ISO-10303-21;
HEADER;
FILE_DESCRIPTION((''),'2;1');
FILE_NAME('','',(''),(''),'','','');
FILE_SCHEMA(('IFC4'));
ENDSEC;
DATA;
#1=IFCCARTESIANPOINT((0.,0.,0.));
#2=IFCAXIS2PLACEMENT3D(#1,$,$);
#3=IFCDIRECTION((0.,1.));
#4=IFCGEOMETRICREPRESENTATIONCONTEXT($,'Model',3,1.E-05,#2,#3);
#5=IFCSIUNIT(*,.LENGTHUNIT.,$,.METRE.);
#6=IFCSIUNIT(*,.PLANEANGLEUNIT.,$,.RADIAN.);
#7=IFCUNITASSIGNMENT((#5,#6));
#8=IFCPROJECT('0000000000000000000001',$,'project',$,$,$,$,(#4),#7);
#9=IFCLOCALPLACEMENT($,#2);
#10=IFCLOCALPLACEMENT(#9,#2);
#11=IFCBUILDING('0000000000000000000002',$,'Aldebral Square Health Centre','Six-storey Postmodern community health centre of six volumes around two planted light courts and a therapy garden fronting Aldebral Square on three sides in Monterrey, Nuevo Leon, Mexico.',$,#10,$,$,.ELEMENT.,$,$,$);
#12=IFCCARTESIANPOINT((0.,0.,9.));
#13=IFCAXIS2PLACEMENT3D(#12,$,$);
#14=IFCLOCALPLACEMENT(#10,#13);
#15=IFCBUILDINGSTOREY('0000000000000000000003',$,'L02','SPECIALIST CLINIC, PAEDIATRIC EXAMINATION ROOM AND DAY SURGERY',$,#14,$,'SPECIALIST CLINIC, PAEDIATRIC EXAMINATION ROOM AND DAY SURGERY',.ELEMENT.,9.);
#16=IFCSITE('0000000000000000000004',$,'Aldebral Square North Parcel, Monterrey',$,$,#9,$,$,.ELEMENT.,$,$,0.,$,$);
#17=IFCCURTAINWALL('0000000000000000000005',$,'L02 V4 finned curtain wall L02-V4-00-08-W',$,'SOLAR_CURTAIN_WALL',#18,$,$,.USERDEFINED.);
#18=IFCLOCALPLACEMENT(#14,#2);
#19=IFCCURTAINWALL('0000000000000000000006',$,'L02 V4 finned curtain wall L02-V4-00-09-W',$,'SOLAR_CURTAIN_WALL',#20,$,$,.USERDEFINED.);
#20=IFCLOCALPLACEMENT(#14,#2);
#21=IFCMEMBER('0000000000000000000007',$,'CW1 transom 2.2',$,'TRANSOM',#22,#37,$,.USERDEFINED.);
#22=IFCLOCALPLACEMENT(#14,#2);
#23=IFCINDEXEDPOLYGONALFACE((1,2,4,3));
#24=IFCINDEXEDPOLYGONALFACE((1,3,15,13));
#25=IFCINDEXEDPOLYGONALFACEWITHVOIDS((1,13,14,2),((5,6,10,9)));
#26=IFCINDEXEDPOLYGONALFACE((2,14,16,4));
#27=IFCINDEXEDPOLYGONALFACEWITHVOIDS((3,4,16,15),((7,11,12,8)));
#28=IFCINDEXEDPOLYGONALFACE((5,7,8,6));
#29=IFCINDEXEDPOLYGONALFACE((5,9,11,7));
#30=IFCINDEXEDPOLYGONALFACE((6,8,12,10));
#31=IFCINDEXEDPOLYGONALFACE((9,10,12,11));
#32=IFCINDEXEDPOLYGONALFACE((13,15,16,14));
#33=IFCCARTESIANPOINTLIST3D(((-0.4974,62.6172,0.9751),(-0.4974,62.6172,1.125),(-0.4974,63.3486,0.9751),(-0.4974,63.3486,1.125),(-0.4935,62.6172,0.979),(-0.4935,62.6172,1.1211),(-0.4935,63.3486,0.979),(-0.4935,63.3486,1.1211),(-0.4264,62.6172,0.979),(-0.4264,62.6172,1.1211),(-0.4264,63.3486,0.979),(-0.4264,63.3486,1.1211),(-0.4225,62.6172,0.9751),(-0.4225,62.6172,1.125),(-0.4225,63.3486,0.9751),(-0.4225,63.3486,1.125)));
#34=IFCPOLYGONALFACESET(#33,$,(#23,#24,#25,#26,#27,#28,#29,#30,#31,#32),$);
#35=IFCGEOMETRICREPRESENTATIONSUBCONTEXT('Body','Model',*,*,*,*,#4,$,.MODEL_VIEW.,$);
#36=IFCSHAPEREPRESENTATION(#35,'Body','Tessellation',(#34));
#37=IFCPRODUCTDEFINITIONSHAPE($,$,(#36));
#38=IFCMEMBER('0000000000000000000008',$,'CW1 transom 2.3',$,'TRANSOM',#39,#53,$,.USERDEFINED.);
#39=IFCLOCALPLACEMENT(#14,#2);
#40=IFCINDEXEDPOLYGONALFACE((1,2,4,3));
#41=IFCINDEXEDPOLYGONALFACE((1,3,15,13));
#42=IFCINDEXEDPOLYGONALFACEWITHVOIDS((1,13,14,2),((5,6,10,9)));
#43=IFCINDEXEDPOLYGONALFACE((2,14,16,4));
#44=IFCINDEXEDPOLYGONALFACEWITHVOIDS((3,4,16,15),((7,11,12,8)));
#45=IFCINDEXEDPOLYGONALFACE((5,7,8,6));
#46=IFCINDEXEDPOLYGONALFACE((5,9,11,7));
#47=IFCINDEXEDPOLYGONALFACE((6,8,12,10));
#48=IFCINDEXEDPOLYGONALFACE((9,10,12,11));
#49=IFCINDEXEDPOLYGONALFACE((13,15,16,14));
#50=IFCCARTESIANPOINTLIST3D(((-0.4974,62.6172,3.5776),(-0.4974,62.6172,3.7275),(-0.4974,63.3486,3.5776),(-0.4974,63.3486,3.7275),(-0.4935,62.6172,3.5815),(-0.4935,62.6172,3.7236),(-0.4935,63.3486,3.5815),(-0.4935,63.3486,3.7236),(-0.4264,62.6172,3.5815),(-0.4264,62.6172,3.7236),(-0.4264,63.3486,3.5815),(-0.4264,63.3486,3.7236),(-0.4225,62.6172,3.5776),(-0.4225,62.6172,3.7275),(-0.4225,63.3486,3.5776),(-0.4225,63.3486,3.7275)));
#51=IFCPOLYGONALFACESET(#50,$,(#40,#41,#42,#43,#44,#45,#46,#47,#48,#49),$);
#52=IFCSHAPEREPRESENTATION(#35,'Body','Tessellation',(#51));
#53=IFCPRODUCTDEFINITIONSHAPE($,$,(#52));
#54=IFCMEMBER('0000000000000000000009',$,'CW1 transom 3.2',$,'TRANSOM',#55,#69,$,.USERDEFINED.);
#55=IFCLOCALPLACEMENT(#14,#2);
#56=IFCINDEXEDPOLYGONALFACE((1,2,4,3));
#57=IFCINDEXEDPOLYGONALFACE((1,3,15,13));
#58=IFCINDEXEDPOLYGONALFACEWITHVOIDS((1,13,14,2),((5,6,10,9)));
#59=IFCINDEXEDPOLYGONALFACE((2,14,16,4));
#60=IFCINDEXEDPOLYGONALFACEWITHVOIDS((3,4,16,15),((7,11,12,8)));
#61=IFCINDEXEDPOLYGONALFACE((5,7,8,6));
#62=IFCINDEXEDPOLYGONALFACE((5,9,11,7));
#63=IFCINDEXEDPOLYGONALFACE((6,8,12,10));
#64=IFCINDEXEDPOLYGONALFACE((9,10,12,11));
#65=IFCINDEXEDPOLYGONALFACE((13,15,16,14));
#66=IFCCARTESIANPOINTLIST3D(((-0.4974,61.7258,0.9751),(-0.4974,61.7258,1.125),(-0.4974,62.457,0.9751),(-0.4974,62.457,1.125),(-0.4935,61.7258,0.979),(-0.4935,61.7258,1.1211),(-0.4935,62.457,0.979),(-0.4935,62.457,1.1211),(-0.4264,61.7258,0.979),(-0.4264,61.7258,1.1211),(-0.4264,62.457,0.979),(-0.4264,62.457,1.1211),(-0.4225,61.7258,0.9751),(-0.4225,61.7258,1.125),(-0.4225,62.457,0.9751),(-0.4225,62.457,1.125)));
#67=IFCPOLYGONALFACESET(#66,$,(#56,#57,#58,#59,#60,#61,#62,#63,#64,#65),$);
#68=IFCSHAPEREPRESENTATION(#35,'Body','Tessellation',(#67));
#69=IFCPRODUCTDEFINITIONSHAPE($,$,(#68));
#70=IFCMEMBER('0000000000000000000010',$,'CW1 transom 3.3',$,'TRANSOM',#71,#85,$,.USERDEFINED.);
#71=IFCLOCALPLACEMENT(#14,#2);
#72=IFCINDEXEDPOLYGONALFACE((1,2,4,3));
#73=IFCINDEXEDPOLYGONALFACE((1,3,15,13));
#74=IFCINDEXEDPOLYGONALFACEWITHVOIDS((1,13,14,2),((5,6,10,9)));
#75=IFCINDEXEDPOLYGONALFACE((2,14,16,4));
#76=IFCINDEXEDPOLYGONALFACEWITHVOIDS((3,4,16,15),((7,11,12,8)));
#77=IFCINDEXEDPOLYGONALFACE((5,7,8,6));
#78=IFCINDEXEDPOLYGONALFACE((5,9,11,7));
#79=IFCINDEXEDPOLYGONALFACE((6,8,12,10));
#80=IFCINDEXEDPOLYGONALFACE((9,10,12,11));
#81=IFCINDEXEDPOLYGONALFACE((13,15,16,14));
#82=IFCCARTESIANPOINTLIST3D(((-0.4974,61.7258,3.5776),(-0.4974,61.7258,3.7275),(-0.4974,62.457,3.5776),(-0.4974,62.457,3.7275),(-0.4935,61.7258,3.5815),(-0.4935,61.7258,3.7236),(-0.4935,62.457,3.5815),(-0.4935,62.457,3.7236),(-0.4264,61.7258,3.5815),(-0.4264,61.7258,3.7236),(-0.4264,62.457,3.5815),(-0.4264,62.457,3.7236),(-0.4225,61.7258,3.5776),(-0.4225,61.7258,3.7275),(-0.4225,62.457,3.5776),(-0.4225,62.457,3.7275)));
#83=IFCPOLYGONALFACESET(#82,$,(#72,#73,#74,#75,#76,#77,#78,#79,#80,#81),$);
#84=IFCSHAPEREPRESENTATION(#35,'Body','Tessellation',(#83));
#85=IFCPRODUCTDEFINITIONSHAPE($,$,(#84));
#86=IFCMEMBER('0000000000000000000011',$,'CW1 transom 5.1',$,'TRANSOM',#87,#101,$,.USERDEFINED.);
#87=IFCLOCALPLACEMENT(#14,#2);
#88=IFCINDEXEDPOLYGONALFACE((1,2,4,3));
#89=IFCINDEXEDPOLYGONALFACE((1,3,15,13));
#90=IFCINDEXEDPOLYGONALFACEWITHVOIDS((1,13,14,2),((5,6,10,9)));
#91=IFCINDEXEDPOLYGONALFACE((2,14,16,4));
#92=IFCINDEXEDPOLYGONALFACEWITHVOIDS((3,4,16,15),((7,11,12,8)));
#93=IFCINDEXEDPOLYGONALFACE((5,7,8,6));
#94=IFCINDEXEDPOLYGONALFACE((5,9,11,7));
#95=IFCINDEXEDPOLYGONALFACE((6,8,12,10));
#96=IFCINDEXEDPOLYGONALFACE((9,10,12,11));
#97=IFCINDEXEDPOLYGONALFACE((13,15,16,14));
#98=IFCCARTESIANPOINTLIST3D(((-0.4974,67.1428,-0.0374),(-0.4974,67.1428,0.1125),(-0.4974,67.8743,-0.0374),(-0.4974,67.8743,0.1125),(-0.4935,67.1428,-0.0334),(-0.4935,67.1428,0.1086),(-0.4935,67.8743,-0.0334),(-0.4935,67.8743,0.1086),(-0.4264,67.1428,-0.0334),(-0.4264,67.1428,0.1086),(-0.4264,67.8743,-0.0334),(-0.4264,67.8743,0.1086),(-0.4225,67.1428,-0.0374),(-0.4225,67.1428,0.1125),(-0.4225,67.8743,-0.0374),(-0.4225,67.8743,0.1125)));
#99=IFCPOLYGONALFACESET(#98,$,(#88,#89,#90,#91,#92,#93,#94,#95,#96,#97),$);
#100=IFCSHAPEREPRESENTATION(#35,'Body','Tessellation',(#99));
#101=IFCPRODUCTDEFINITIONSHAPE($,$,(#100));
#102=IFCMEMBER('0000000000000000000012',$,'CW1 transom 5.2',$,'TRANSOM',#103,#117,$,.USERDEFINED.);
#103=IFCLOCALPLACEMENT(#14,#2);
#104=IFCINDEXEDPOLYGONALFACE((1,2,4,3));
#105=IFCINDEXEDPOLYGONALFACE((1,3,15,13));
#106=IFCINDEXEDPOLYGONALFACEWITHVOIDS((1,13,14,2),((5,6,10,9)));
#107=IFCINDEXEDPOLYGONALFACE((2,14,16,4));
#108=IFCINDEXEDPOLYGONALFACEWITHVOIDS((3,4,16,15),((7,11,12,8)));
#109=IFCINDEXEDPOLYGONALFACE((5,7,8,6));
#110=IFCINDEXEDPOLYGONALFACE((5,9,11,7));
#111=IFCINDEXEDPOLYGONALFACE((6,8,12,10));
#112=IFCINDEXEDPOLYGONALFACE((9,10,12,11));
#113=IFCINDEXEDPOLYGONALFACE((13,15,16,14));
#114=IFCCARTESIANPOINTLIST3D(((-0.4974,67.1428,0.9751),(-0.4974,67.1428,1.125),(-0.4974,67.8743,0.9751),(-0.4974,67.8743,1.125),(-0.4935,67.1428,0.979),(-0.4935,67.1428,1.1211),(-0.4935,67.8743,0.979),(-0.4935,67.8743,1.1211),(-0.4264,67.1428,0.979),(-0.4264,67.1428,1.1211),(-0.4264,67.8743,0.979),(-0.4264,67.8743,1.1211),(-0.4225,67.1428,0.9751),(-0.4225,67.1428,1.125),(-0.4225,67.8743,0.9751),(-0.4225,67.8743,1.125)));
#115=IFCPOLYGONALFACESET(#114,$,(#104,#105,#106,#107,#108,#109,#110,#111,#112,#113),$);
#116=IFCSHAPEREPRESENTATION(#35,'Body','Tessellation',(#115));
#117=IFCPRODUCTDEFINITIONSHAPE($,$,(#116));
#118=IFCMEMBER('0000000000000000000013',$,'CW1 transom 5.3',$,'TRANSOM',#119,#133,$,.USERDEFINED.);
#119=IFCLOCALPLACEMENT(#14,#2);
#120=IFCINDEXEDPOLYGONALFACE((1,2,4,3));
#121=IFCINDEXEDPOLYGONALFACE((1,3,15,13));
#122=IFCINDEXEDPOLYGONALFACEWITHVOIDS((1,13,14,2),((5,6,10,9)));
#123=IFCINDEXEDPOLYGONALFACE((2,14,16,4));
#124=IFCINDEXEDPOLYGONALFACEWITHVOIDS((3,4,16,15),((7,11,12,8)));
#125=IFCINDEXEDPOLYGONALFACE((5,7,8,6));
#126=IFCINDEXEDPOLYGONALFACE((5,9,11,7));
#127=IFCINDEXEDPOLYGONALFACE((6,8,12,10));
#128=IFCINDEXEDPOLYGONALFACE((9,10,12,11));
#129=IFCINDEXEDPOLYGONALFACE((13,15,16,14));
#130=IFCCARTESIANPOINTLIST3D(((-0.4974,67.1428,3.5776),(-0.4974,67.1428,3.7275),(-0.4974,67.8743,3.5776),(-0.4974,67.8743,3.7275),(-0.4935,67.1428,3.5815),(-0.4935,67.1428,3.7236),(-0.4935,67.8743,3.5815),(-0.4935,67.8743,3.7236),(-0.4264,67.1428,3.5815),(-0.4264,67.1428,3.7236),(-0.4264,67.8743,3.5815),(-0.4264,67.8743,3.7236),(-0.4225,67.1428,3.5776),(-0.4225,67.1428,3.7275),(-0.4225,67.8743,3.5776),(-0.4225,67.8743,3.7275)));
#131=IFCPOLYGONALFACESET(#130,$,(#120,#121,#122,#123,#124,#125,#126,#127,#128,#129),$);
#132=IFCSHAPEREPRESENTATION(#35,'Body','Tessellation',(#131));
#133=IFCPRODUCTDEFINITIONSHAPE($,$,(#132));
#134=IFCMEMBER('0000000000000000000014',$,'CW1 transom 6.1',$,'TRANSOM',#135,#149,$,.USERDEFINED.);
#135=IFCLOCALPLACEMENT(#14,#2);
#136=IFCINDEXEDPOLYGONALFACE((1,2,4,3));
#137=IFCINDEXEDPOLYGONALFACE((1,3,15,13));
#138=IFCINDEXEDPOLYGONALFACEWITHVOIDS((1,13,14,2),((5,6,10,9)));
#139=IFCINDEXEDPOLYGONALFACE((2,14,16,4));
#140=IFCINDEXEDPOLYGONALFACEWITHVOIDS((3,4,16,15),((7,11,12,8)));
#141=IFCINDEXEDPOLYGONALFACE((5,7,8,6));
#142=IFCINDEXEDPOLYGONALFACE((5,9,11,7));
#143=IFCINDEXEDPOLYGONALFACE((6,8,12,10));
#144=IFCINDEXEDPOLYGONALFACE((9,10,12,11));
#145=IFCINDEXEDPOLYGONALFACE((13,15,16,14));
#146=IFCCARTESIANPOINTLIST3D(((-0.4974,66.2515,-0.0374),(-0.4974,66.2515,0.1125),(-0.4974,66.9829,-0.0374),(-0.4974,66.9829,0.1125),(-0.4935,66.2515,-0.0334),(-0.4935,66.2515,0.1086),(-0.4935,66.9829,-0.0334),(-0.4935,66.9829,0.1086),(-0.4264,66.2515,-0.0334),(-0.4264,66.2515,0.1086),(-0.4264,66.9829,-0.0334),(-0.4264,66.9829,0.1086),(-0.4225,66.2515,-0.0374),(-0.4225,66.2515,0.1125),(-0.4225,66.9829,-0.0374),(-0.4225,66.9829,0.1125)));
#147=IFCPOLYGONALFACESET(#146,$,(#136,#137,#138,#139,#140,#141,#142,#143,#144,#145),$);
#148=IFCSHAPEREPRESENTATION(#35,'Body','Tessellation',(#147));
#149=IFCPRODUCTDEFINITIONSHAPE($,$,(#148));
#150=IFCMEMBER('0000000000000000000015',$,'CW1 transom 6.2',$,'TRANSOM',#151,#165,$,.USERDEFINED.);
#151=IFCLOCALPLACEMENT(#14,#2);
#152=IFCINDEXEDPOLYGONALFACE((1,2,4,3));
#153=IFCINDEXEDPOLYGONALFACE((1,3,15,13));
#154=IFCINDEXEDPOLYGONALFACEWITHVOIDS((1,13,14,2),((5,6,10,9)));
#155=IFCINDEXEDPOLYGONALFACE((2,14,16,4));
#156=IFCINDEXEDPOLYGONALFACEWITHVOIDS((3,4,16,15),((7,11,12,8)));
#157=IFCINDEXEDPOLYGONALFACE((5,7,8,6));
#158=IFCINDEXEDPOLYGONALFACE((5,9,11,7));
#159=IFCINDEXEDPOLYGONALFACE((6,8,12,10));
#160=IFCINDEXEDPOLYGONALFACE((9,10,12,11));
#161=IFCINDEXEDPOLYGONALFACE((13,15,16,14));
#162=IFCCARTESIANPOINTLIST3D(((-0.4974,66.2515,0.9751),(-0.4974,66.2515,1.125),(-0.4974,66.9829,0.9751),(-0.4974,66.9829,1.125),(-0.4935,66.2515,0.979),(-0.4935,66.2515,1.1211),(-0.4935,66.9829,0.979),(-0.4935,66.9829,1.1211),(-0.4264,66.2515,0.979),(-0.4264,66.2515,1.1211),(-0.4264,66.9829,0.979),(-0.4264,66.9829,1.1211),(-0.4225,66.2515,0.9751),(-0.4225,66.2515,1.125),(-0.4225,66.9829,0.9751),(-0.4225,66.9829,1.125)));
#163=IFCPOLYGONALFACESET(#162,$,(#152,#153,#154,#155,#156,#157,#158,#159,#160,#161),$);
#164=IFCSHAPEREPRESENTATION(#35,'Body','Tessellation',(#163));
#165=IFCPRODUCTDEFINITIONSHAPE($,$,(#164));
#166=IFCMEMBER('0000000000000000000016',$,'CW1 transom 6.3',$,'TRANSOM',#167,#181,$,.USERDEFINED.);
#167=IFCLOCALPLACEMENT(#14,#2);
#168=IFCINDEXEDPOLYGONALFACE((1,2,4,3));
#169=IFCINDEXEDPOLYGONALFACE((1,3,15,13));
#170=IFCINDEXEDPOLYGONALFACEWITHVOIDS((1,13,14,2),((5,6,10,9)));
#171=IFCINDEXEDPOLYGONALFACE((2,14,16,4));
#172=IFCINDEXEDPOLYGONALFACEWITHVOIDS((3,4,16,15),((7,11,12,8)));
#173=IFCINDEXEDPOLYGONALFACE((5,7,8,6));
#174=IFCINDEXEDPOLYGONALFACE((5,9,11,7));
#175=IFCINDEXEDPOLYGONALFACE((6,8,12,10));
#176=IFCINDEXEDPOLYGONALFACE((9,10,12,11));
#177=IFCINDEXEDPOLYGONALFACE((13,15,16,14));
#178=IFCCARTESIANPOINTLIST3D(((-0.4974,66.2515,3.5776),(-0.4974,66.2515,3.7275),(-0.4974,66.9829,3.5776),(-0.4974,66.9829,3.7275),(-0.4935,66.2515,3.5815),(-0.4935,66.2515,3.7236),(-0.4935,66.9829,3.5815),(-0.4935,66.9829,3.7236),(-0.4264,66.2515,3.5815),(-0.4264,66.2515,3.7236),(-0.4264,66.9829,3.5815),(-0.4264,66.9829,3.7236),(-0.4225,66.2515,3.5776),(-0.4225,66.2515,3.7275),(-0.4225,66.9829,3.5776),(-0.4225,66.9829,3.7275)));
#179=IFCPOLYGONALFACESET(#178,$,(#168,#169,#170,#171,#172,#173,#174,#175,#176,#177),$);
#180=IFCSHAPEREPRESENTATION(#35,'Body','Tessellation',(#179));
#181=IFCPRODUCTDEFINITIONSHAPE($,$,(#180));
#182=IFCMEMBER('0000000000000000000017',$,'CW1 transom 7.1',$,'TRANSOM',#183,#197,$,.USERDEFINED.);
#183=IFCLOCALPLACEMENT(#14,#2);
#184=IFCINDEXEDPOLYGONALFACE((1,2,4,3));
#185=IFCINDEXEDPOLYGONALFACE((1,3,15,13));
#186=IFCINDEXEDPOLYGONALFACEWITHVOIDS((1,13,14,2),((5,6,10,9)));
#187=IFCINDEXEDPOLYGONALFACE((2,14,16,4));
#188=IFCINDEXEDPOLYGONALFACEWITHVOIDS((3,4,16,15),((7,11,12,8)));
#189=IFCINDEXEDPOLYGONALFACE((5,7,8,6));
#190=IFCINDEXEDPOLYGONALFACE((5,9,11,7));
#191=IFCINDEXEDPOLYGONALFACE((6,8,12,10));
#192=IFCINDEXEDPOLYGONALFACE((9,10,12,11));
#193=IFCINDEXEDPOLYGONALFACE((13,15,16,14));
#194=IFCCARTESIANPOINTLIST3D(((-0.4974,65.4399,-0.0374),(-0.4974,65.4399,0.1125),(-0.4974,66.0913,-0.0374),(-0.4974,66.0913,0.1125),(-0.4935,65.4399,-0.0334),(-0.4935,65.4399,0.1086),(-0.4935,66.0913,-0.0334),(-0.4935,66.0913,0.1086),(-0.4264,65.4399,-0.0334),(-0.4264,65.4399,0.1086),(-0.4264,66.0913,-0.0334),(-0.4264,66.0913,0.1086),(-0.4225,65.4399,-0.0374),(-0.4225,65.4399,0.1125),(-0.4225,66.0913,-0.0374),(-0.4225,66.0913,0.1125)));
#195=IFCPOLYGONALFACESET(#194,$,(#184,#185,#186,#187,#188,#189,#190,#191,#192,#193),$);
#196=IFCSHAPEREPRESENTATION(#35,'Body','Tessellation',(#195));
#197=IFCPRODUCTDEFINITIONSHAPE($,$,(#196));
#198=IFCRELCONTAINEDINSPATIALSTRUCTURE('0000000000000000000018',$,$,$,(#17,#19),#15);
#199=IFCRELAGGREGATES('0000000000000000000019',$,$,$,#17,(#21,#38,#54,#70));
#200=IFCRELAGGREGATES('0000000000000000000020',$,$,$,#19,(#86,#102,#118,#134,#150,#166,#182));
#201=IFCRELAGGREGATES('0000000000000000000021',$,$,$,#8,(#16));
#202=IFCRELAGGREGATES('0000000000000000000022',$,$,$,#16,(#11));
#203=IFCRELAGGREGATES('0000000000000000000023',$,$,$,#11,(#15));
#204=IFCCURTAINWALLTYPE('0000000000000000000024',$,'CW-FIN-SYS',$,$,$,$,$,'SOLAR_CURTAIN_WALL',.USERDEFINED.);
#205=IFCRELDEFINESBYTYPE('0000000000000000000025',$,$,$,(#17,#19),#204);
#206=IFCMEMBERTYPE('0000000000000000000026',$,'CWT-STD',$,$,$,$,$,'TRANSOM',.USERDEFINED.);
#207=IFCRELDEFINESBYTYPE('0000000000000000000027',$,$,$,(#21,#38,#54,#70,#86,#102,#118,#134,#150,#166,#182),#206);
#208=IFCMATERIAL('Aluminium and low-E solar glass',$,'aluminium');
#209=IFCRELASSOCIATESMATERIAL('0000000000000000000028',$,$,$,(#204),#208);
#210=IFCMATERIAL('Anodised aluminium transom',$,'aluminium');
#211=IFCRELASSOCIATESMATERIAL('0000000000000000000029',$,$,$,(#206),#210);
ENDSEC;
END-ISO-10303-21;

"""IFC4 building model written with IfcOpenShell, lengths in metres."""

from ifc_helpers import new_model, si_unit, direction, frame, origin, origin_2d, place, context, subcontext, project, spatial, hollow_rectangle, extrude, material, material_profile, profile_set, type_object, element, aggregate, save


model = new_model("IFC4")

# Units and contexts
model_context = context("Model", 3, precision=1e-05, world=origin(), true_north=direction((0.0, 1.0)))
body_context = subcontext(model_context, "Body", "Model", "MODEL_VIEW")
ifc_project = project(units=[si_unit("LENGTHUNIT", "METRE"), si_unit("PLANEANGLEUNIT", "RADIAN")], contexts=[model_context])

# Site, building, storey
site_placement = place(None, origin())
site = spatial("IfcSite", under=ifc_project, at=site_placement, Name="Aldebral Square North Parcel, Monterrey", CompositionType="ELEMENT", RefElevation=0.0)
building_placement = place(site_placement, origin())
building = spatial("IfcBuilding", under=site, at=building_placement, Name="Aldebral Square Health Centre", Description="Six-storey Postmodern community health centre of six volumes around two planted light courts and a therapy garden fronting Aldebral Square on three sides in Monterrey, Nuevo Leon, Mexico.", CompositionType="ELEMENT")
storey_placement = place(building_placement, frame((0.0, 0.0, 9.0)))
storey = spatial("IfcBuildingStorey", under=building, at=storey_placement, Name="L02", Description="SPECIALIST CLINIC, PAEDIATRIC EXAMINATION ROOM AND DAY SURGERY", LongName="SPECIALIST CLINIC, PAEDIATRIC EXAMINATION ROOM AND DAY SURGERY", CompositionType="ELEMENT", Elevation=9.0)

# Curtain walls
ifc_material_1 = material(Name="Aluminium and low-E solar glass", Category="aluminium")
curtain_wall_type = type_object("IfcCurtainWallType", Name="CW-FIN-SYS", ElementType="SOLAR_CURTAIN_WALL", PredefinedType="USERDEFINED", material=ifc_material_1)
curtain_wall_1_placement = place(storey_placement, origin())
curtain_wall_1 = element("IfcCurtainWall", 1, at=curtain_wall_1_placement, inside=storey, type_object=curtain_wall_type, Name="L02 V4 finned curtain wall L02-V4-00-08-W", ObjectType="SOLAR_CURTAIN_WALL", PredefinedType="USERDEFINED")
curtain_wall_2_placement = place(storey_placement, origin())
curtain_wall_2 = element("IfcCurtainWall", 2, at=curtain_wall_2_placement, inside=storey, type_object=curtain_wall_type, Name="L02 V4 finned curtain wall L02-V4-00-09-W", ObjectType="SOLAR_CURTAIN_WALL", PredefinedType="USERDEFINED")

# Members
ifc_material_2 = material(Name="Anodised aluminium transom", Category="aluminium")
ifc_material_profile_1 = material_profile(ifc_material_2, hollow_rectangle(XDim=0.075, YDim=0.1499, WallThickness=0.0039, at=origin_2d()), Name="CWT 75x150x4")
ifc_profile_set_1 = profile_set([ifc_material_profile_1], Name="Anodised aluminium transom")
member_type_1 = type_object("IfcMemberType", Name="CWT-STD", ElementType="TRANSOM", PredefinedType="USERDEFINED", material=ifc_profile_set_1)
member_1_placement = place(storey_placement, frame((-0.46, 63.3486, 1.05), z_axis=(0.0, -1.0, 0.0), x_axis=(1.0, 0.0, 0.0)))
member_1 = element("IfcMember", 3, at=member_1_placement, type_object=member_type_1, Name="CW1 transom 2.2", ObjectType="TRANSOM", PredefinedType="USERDEFINED", context=body_context, shape_type="SweptSolid", body=[
    extrude(hollow_rectangle(XDim=0.075, YDim=0.1499, WallThickness=0.0039, at=origin_2d()), origin(), (0.0, 0.0, 1.0), 0.7314),
])
member_2_placement = place(storey_placement, frame((-0.46, 63.3486, 3.6526), z_axis=(0.0, -1.0, 0.0), x_axis=(1.0, 0.0, 0.0)))
member_2 = element("IfcMember", 4, at=member_2_placement, type_object=member_type_1, Name="CW1 transom 2.3", ObjectType="TRANSOM", PredefinedType="USERDEFINED", context=body_context, shape_type="SweptSolid", body=[
    extrude(hollow_rectangle(XDim=0.075, YDim=0.1499, WallThickness=0.0039, at=origin_2d()), origin(), (0.0, 0.0, 1.0), 0.7314),
])
member_3_placement = place(storey_placement, frame((-0.46, 62.457, 1.05), z_axis=(0.0, -1.0, 0.0), x_axis=(1.0, 0.0, 0.0)))
member_3 = element("IfcMember", 5, at=member_3_placement, type_object=member_type_1, Name="CW1 transom 3.2", ObjectType="TRANSOM", PredefinedType="USERDEFINED", context=body_context, shape_type="SweptSolid", body=[
    extrude(hollow_rectangle(XDim=0.075, YDim=0.1499, WallThickness=0.0039, at=origin_2d()), origin(), (0.0, 0.0, 1.0), 0.7312),
])
member_4_placement = place(storey_placement, frame((-0.46, 62.457, 3.6526), z_axis=(0.0, -1.0, 0.0), x_axis=(1.0, 0.0, 0.0)))
member_4 = element("IfcMember", 6, at=member_4_placement, type_object=member_type_1, Name="CW1 transom 3.3", ObjectType="TRANSOM", PredefinedType="USERDEFINED", context=body_context, shape_type="SweptSolid", body=[
    extrude(hollow_rectangle(XDim=0.075, YDim=0.1499, WallThickness=0.0039, at=origin_2d()), origin(), (0.0, 0.0, 1.0), 0.7312),
])
member_5_placement = place(storey_placement, frame((-0.46, 67.8743, 0.0376), z_axis=(0.0, -1.0, 0.0), x_axis=(1.0, 0.0, 0.0)))
member_5 = element("IfcMember", 7, at=member_5_placement, type_object=member_type_1, Name="CW1 transom 5.1", ObjectType="TRANSOM", PredefinedType="USERDEFINED", context=body_context, shape_type="SweptSolid", body=[
    extrude(hollow_rectangle(XDim=0.075, YDim=0.1499, WallThickness=0.0039, at=origin_2d()), origin(), (0.0, 0.0, 1.0), 0.7314),
])
member_6_placement = place(storey_placement, frame((-0.46, 67.8743, 1.05), z_axis=(0.0, -1.0, 0.0), x_axis=(1.0, 0.0, 0.0)))
member_6 = element("IfcMember", 8, at=member_6_placement, type_object=member_type_1, Name="CW1 transom 5.2", ObjectType="TRANSOM", PredefinedType="USERDEFINED", context=body_context, shape_type="SweptSolid", body=[
    extrude(hollow_rectangle(XDim=0.075, YDim=0.1499, WallThickness=0.0039, at=origin_2d()), origin(), (0.0, 0.0, 1.0), 0.7314),
])
member_7_placement = place(storey_placement, frame((-0.46, 67.8743, 3.6526), z_axis=(0.0, -1.0, 0.0), x_axis=(1.0, 0.0, 0.0)))
member_7 = element("IfcMember", 9, at=member_7_placement, type_object=member_type_1, Name="CW1 transom 5.3", ObjectType="TRANSOM", PredefinedType="USERDEFINED", context=body_context, shape_type="SweptSolid", body=[
    extrude(hollow_rectangle(XDim=0.075, YDim=0.1499, WallThickness=0.0039, at=origin_2d()), origin(), (0.0, 0.0, 1.0), 0.7314),
])
member_8_placement = place(storey_placement, frame((-0.46, 66.9829, 0.0376), z_axis=(0.0, -1.0, 0.0), x_axis=(1.0, 0.0, 0.0)))
member_8 = element("IfcMember", 10, at=member_8_placement, type_object=member_type_1, Name="CW1 transom 6.1", ObjectType="TRANSOM", PredefinedType="USERDEFINED", context=body_context, shape_type="SweptSolid", body=[
    extrude(hollow_rectangle(XDim=0.075, YDim=0.1499, WallThickness=0.0039, at=origin_2d()), origin(), (0.0, 0.0, 1.0), 0.7314),
])
member_9_placement = place(storey_placement, frame((-0.46, 66.9829, 1.05), z_axis=(0.0, -1.0, 0.0), x_axis=(1.0, 0.0, 0.0)))
member_9 = element("IfcMember", 11, at=member_9_placement, type_object=member_type_1, Name="CW1 transom 6.2", ObjectType="TRANSOM", PredefinedType="USERDEFINED", context=body_context, shape_type="SweptSolid", body=[
    extrude(hollow_rectangle(XDim=0.075, YDim=0.1499, WallThickness=0.0039, at=origin_2d()), origin(), (0.0, 0.0, 1.0), 0.7314),
])
member_10_placement = place(storey_placement, frame((-0.46, 66.9829, 3.6526), z_axis=(0.0, -1.0, 0.0), x_axis=(1.0, 0.0, 0.0)))
member_10 = element("IfcMember", 12, at=member_10_placement, type_object=member_type_1, Name="CW1 transom 6.3", ObjectType="TRANSOM", PredefinedType="USERDEFINED", context=body_context, shape_type="SweptSolid", body=[
    extrude(hollow_rectangle(XDim=0.075, YDim=0.1499, WallThickness=0.0039, at=origin_2d()), origin(), (0.0, 0.0, 1.0), 0.7314),
])
member_11_placement = place(storey_placement, frame((-0.46, 66.0913, 0.0376), z_axis=(0.0, -1.0, 0.0), x_axis=(1.0, 0.0, 0.0)))
member_11 = element("IfcMember", 13, at=member_11_placement, type_object=member_type_1, Name="CW1 transom 7.1", ObjectType="TRANSOM", PredefinedType="USERDEFINED", context=body_context, shape_type="SweptSolid", body=[
    extrude(hollow_rectangle(XDim=0.075, YDim=0.1499, WallThickness=0.0039, at=origin_2d()), origin(), (0.0, 0.0, 1.0), 0.6514),
])

aggregate(curtain_wall_1, [member_1, member_2, member_3, member_4])
aggregate(curtain_wall_2, [member_5, member_6, member_7, member_8, member_9, member_10, member_11])

save(model, "model.ifc")
